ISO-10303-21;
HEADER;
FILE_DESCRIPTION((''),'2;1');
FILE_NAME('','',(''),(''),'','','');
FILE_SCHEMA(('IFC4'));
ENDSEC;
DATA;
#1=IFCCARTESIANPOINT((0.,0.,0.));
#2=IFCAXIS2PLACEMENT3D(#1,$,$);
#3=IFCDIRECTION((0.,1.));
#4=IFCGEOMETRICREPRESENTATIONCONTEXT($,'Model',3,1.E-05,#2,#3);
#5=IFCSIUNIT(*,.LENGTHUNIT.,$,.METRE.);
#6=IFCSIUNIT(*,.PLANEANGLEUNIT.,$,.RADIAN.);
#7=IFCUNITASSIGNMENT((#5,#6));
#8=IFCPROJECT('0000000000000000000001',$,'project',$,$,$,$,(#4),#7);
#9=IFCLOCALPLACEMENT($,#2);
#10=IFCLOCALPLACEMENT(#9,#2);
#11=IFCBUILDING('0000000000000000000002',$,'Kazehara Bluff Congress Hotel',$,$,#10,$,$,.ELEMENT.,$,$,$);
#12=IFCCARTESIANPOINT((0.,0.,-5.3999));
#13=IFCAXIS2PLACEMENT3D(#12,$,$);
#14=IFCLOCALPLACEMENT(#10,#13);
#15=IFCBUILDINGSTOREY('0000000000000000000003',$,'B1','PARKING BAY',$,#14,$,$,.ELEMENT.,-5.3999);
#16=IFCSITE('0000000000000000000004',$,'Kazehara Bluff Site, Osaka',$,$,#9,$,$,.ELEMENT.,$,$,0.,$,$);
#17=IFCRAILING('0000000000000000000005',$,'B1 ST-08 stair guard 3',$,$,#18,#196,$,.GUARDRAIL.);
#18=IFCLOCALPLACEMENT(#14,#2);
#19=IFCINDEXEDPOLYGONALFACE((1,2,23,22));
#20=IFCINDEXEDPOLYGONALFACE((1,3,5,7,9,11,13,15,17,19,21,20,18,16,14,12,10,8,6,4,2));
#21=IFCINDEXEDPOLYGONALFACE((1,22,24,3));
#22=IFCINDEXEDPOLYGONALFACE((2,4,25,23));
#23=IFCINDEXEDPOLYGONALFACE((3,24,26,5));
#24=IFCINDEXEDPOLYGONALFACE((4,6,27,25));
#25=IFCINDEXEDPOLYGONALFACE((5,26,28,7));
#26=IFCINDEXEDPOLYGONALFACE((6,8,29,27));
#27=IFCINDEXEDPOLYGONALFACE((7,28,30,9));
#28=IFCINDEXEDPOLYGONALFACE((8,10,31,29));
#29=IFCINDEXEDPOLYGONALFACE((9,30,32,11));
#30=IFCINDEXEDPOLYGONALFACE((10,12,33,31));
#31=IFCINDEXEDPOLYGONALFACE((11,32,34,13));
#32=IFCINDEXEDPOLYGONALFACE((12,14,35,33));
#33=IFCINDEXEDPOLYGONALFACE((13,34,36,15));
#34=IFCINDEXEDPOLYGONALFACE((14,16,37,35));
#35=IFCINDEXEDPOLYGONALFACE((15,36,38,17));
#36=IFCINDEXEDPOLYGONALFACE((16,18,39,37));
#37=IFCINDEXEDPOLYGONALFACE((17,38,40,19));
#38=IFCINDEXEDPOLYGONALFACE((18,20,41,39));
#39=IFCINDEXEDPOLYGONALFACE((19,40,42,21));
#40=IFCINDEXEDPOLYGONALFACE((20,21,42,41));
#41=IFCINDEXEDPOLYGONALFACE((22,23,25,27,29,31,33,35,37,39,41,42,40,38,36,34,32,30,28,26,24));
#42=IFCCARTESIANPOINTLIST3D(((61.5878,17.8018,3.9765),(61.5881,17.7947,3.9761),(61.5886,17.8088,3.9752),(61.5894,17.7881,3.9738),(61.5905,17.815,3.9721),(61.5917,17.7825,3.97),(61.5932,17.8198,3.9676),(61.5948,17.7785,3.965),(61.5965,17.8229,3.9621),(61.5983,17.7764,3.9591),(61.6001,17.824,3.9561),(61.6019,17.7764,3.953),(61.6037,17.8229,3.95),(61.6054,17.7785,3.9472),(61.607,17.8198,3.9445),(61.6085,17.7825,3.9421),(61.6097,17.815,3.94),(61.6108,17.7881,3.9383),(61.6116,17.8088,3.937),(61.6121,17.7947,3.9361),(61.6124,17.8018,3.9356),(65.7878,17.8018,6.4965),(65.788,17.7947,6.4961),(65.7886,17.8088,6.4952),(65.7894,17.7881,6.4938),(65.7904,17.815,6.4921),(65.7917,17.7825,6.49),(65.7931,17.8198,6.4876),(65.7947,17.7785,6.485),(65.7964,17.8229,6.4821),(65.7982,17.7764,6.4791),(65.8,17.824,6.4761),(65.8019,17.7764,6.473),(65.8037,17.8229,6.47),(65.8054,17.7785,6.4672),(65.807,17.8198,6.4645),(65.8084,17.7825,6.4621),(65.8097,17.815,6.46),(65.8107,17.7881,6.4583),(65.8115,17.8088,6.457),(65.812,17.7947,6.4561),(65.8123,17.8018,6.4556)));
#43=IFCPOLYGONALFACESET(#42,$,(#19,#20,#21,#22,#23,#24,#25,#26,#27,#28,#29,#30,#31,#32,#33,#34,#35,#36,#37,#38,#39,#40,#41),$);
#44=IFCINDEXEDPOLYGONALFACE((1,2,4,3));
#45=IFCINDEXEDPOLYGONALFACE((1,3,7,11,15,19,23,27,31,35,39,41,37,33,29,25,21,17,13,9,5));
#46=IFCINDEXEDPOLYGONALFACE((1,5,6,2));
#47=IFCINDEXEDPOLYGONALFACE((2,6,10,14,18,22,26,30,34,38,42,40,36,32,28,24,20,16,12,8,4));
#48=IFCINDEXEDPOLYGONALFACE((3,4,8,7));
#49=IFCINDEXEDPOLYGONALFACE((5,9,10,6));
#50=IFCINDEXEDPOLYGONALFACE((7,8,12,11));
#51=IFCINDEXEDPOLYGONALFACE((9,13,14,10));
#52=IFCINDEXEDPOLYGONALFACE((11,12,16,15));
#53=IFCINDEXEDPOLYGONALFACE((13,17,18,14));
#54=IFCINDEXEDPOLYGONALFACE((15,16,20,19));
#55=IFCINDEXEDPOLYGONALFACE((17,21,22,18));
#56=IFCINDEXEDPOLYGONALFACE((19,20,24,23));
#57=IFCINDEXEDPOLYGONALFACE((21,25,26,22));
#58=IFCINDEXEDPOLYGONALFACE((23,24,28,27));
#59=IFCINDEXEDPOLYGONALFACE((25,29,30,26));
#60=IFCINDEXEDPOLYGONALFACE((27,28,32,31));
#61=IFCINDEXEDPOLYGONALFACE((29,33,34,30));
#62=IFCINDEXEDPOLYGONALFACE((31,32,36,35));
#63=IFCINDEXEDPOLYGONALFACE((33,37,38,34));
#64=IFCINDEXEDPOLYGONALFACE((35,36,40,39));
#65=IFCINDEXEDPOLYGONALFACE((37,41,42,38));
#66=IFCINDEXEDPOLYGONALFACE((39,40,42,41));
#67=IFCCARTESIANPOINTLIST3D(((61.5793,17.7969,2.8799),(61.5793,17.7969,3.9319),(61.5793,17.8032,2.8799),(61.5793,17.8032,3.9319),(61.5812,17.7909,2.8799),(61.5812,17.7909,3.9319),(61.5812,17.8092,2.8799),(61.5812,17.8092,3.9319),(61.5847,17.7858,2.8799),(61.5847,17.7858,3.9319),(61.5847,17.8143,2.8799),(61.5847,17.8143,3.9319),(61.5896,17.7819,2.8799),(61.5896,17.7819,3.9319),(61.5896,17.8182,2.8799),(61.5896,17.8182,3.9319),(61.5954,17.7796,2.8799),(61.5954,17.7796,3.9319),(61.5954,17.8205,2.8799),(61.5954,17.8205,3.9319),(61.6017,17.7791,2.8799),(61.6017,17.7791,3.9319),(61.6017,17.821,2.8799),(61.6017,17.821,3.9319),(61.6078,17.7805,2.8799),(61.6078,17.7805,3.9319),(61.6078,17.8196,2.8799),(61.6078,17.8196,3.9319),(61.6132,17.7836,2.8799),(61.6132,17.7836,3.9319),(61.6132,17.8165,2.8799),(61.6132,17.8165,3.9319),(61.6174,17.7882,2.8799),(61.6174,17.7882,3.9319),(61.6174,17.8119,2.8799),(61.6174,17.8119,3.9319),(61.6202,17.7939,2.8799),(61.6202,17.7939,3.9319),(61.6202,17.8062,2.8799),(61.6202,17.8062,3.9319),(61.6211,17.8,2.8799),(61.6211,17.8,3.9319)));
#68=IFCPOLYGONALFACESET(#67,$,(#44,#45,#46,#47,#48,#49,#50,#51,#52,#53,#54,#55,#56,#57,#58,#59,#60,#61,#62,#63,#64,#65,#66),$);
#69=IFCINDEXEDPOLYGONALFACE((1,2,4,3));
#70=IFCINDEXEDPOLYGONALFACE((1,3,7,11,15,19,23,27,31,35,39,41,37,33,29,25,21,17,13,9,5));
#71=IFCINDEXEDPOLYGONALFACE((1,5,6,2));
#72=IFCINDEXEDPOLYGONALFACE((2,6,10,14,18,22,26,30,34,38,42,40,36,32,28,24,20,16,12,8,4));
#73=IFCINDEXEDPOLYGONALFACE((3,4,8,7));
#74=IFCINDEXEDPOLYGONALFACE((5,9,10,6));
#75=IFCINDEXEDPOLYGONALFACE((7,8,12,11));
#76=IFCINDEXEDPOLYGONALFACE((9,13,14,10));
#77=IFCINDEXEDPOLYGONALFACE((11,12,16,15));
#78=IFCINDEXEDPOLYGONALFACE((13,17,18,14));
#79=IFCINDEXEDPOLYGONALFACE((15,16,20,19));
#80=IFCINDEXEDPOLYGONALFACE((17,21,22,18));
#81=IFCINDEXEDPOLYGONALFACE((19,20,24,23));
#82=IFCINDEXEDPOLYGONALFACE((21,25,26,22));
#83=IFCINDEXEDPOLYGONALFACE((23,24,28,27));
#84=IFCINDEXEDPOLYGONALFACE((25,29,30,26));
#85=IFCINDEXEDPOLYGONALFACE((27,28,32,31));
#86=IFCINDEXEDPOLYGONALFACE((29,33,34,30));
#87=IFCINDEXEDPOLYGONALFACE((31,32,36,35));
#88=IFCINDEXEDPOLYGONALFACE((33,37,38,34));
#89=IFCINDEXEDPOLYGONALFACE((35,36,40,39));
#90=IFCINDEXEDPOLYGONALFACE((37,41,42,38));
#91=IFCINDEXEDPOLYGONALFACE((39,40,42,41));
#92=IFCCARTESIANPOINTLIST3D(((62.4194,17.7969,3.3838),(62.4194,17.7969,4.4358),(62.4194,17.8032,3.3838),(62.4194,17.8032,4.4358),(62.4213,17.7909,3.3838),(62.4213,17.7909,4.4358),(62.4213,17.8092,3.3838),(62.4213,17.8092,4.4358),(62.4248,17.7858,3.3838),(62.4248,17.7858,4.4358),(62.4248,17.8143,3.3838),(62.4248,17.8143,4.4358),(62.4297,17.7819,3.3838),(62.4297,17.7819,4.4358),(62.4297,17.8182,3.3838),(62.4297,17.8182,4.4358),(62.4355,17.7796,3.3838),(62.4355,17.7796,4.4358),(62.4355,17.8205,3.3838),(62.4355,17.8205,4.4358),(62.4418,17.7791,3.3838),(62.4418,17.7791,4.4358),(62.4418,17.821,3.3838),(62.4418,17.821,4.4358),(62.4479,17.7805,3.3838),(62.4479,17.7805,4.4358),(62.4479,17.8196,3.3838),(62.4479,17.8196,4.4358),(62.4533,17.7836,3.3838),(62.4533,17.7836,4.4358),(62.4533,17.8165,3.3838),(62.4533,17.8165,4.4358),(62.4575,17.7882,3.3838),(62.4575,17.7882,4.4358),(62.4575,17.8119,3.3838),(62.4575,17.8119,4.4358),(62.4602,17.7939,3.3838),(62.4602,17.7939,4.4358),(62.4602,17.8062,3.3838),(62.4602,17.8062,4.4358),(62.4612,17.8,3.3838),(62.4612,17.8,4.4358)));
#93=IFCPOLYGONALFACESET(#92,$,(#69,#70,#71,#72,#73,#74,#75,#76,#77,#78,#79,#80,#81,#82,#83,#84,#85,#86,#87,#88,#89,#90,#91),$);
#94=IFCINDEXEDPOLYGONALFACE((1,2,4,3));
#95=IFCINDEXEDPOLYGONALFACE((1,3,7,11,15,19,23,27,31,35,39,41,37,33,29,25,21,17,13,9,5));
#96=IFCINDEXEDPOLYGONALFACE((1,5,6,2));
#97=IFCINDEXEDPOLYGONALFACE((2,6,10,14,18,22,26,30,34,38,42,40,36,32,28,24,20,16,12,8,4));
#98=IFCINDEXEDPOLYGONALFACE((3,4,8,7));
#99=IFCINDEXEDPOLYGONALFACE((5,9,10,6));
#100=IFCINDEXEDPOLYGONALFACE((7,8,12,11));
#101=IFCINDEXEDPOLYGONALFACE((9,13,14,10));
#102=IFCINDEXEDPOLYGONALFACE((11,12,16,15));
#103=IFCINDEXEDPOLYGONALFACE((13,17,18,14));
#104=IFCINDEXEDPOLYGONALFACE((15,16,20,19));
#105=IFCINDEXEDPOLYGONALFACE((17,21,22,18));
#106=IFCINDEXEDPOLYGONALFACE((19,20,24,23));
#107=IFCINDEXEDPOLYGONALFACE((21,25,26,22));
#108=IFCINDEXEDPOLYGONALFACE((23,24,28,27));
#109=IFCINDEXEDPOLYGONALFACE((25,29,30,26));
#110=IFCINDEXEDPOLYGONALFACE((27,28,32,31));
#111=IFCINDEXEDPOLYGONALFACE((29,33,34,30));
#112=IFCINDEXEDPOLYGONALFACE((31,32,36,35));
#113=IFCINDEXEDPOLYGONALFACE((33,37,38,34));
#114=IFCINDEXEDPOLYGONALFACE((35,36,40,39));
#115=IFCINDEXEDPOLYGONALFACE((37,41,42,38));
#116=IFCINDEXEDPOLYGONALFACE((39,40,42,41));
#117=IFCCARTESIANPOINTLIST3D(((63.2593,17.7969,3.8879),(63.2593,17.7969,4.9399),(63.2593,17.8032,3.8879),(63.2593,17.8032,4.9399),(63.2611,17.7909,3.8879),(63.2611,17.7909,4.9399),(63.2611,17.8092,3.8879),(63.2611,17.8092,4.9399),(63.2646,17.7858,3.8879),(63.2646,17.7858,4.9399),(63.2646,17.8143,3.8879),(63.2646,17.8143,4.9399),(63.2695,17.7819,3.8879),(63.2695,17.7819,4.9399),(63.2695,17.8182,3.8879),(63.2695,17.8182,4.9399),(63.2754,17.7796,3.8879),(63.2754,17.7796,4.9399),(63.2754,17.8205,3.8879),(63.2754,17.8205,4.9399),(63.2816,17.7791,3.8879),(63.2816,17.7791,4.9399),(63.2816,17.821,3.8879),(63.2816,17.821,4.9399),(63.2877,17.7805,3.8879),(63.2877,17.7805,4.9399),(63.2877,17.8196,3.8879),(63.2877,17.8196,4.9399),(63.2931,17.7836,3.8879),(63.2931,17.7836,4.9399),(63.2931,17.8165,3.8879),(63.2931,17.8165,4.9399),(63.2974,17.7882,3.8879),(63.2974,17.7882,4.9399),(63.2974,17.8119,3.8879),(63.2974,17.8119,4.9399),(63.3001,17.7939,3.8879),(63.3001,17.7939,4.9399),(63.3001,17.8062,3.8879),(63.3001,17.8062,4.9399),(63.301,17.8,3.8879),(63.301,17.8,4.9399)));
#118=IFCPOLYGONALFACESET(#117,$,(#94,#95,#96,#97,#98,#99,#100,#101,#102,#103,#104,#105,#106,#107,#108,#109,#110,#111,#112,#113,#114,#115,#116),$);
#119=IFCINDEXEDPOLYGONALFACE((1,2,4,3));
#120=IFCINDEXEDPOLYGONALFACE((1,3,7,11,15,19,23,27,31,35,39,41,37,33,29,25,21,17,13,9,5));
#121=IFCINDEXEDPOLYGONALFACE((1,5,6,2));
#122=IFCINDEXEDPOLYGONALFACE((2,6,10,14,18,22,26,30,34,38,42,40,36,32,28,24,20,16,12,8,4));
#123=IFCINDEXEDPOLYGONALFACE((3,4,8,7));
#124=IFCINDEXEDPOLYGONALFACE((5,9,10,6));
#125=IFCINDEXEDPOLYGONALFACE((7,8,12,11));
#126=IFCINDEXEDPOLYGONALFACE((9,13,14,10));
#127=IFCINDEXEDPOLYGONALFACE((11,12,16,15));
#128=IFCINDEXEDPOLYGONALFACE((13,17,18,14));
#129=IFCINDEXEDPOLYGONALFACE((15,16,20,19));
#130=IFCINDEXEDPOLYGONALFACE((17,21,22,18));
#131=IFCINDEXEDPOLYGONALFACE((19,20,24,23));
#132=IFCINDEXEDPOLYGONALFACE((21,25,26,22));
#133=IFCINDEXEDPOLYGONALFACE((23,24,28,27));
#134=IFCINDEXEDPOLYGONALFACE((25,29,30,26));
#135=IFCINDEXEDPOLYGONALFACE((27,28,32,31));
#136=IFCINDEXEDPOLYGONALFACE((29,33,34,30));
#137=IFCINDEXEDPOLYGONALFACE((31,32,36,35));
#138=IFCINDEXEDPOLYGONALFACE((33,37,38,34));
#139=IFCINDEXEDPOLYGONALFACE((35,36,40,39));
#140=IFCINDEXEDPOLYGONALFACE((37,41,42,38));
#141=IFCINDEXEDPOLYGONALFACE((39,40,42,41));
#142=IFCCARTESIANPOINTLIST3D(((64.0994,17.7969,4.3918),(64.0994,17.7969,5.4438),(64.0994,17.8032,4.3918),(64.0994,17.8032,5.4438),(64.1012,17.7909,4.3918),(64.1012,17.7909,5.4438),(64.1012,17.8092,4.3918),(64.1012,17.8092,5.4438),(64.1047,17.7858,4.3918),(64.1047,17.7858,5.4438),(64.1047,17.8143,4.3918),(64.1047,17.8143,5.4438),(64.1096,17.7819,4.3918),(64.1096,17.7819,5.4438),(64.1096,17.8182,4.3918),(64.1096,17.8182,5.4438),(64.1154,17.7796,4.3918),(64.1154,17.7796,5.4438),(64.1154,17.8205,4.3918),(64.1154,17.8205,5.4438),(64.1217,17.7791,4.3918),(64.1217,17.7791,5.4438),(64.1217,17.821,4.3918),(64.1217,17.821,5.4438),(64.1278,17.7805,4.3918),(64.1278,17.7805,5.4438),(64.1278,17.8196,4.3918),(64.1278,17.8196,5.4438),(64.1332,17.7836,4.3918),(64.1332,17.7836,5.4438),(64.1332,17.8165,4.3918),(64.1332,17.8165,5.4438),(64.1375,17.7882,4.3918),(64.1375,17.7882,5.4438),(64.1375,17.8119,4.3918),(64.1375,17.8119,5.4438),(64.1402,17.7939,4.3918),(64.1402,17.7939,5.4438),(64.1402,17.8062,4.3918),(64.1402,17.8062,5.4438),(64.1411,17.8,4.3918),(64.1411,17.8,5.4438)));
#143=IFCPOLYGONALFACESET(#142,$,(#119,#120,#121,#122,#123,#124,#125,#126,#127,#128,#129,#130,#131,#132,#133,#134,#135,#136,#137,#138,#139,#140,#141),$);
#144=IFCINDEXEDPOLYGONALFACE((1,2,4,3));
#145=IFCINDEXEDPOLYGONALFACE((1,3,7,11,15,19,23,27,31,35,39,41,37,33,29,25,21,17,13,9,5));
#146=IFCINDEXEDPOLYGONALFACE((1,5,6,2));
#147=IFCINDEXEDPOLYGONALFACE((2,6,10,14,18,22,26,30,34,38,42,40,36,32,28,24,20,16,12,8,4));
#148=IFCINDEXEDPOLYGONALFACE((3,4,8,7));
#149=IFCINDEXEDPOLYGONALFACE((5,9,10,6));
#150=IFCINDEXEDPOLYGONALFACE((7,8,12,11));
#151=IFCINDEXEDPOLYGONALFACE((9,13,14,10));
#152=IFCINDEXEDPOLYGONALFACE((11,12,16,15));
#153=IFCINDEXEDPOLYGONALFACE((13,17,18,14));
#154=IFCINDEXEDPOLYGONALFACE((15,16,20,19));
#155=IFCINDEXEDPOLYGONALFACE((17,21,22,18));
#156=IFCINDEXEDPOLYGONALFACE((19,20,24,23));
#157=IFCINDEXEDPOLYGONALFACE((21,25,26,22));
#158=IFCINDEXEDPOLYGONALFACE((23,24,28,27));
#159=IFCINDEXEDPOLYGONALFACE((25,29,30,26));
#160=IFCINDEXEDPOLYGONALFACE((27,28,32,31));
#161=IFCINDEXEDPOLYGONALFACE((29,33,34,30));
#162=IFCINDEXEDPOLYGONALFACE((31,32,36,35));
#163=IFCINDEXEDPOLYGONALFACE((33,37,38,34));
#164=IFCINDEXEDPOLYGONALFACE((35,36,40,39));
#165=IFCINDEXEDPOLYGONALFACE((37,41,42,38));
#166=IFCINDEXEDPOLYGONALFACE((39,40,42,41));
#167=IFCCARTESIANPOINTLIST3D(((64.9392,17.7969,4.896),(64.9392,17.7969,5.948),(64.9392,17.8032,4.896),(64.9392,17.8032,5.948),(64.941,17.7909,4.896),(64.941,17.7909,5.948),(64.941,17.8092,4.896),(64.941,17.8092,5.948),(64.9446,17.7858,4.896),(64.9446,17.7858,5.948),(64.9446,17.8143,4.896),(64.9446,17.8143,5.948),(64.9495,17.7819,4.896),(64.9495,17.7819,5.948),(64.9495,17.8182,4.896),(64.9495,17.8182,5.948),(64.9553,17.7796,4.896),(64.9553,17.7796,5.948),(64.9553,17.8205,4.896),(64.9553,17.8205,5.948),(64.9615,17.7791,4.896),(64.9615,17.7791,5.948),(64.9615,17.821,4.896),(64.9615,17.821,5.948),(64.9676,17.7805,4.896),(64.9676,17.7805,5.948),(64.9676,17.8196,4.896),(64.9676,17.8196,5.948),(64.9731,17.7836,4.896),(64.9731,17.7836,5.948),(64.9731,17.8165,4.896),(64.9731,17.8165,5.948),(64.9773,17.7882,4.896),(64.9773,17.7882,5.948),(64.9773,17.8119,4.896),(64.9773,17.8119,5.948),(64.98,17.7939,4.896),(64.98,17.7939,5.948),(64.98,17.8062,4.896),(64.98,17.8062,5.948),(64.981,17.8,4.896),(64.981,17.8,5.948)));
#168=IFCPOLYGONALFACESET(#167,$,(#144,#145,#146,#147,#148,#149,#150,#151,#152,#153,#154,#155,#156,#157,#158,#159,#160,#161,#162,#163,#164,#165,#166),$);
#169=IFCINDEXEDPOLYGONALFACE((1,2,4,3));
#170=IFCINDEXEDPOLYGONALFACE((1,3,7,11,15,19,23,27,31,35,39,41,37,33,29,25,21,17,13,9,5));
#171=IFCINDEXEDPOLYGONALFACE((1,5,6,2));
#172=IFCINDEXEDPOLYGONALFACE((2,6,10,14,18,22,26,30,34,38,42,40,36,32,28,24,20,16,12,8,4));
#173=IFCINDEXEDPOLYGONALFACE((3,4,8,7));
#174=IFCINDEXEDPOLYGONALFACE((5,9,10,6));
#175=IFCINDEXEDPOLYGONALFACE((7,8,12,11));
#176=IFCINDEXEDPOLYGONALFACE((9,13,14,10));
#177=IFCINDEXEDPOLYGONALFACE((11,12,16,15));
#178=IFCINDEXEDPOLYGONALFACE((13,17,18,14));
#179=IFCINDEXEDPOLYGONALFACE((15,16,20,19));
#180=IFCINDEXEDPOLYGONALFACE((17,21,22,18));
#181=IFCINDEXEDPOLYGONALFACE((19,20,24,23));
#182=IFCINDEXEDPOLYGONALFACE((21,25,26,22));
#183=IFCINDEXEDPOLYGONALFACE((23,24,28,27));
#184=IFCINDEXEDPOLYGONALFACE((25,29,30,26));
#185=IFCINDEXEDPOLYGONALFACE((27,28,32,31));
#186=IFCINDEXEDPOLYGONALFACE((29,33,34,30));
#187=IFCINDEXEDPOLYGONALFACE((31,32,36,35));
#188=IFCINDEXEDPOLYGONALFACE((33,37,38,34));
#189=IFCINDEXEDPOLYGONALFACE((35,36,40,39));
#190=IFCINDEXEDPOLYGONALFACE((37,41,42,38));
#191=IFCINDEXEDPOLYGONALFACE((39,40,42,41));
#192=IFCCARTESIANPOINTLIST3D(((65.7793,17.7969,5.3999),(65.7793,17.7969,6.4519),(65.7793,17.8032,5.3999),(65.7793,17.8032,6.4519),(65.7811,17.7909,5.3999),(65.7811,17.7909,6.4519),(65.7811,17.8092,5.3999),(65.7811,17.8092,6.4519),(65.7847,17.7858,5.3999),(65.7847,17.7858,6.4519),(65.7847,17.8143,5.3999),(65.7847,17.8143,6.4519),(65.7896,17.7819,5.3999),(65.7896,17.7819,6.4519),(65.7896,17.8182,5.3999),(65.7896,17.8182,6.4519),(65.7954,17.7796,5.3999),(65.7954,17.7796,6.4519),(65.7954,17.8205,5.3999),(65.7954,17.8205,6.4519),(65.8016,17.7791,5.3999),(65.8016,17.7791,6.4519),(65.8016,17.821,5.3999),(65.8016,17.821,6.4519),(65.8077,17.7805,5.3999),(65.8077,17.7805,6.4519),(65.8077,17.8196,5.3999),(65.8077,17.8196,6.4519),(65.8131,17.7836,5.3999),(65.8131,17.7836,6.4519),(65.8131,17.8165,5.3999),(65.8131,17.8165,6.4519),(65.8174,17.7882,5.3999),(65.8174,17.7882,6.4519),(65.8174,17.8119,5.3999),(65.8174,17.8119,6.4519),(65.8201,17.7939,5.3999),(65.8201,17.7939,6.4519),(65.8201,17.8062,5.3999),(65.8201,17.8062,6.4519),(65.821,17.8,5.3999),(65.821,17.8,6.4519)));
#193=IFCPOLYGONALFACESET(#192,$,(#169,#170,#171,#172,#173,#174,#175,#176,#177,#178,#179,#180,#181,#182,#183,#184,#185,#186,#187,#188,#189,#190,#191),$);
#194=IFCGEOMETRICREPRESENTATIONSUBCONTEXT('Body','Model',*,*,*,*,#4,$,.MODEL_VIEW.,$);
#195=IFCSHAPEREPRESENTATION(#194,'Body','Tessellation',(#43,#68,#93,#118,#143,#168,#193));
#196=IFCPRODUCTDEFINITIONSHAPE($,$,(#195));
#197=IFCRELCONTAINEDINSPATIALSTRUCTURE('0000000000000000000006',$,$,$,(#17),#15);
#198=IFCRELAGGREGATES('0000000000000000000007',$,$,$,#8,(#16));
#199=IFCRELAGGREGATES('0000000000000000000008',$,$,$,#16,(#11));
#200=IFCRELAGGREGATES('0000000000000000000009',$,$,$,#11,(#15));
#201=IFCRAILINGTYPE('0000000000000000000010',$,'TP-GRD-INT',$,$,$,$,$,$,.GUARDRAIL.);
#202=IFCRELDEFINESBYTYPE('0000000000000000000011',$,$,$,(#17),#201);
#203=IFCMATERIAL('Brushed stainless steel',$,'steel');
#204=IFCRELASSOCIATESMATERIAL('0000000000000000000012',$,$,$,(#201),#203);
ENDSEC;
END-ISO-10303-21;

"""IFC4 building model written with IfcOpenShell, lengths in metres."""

from ifc_helpers import new_model, si_unit, direction, frame, origin, origin_2d, place, context, subcontext, project, spatial, circle, extrude, material, type_object, element, save


model = new_model("IFC4")

# Units and contexts
model_context = context("Model", 3, precision=1e-05, world=origin(), true_north=direction((0.0, 1.0)))
body_context = subcontext(model_context, "Body", "Model", "MODEL_VIEW")
ifc_project = project(units=[si_unit("LENGTHUNIT", "METRE"), si_unit("PLANEANGLEUNIT", "RADIAN")], contexts=[model_context])

# Site, building, storey
site_placement = place(None, origin())
site = spatial("IfcSite", under=ifc_project, at=site_placement, Name="Kazehara Bluff Site, Osaka", CompositionType="ELEMENT", RefElevation=0.0)
building_placement = place(site_placement, origin())
building = spatial("IfcBuilding", under=site, at=building_placement, Name="Kazehara Bluff Congress Hotel", CompositionType="ELEMENT")
storey_placement = place(building_placement, frame((0.0, 0.0, -5.3999)))
storey = spatial("IfcBuildingStorey", under=building, at=storey_placement, Name="B1", Description="PARKING BAY", CompositionType="ELEMENT", Elevation=-5.3999)

# Railing
ifc_material_1 = material(Name="Brushed stainless steel", Category="steel")
railing_type_1 = type_object("IfcRailingType", Name="TP-GRD-INT", PredefinedType="GUARDRAIL", material=ifc_material_1)
railing_1_placement = place(storey_placement, frame((61.6001, 17.8, 2.8799)))
element("IfcRailing", 1, at=railing_1_placement, inside=storey, type_object=railing_type_1, Name="B1 ST-08 stair guard 3", PredefinedType="GUARDRAIL", context=body_context, shape_type="SweptSolid", body=[
    extrude(circle(Radius=0.0239, at=origin_2d()), frame((0.0, 0.0, 1.0762), z_axis=(0.857489, 0.0, 0.514503), x_axis=(0.0, 1.0, 0.0)), (0.0, 0.0, 1.0), 4.8979),
    extrude(circle(Radius=0.021, at=origin_2d()), origin(), (0.0, 0.0, 1.0), 1.052),
    extrude(circle(Radius=0.021, at=origin_2d()), frame((0.8401, 0.0, 0.5039)), (0.0, 0.0, 1.0), 1.052),
    extrude(circle(Radius=0.021, at=origin_2d()), frame((1.6799, 0.0, 1.0081)), (0.0, 0.0, 1.0), 1.052),
    extrude(circle(Radius=0.021, at=origin_2d()), frame((2.52, 0.0, 1.512)), (0.0, 0.0, 1.0), 1.052),
    extrude(circle(Radius=0.021, at=origin_2d()), frame((3.3599, 0.0, 2.0161)), (0.0, 0.0, 1.0), 1.052),
    extrude(circle(Radius=0.021, at=origin_2d()), frame((4.2, 0.0, 2.52)), (0.0, 0.0, 1.0), 1.052),
])

save(model, "model.ifc")
